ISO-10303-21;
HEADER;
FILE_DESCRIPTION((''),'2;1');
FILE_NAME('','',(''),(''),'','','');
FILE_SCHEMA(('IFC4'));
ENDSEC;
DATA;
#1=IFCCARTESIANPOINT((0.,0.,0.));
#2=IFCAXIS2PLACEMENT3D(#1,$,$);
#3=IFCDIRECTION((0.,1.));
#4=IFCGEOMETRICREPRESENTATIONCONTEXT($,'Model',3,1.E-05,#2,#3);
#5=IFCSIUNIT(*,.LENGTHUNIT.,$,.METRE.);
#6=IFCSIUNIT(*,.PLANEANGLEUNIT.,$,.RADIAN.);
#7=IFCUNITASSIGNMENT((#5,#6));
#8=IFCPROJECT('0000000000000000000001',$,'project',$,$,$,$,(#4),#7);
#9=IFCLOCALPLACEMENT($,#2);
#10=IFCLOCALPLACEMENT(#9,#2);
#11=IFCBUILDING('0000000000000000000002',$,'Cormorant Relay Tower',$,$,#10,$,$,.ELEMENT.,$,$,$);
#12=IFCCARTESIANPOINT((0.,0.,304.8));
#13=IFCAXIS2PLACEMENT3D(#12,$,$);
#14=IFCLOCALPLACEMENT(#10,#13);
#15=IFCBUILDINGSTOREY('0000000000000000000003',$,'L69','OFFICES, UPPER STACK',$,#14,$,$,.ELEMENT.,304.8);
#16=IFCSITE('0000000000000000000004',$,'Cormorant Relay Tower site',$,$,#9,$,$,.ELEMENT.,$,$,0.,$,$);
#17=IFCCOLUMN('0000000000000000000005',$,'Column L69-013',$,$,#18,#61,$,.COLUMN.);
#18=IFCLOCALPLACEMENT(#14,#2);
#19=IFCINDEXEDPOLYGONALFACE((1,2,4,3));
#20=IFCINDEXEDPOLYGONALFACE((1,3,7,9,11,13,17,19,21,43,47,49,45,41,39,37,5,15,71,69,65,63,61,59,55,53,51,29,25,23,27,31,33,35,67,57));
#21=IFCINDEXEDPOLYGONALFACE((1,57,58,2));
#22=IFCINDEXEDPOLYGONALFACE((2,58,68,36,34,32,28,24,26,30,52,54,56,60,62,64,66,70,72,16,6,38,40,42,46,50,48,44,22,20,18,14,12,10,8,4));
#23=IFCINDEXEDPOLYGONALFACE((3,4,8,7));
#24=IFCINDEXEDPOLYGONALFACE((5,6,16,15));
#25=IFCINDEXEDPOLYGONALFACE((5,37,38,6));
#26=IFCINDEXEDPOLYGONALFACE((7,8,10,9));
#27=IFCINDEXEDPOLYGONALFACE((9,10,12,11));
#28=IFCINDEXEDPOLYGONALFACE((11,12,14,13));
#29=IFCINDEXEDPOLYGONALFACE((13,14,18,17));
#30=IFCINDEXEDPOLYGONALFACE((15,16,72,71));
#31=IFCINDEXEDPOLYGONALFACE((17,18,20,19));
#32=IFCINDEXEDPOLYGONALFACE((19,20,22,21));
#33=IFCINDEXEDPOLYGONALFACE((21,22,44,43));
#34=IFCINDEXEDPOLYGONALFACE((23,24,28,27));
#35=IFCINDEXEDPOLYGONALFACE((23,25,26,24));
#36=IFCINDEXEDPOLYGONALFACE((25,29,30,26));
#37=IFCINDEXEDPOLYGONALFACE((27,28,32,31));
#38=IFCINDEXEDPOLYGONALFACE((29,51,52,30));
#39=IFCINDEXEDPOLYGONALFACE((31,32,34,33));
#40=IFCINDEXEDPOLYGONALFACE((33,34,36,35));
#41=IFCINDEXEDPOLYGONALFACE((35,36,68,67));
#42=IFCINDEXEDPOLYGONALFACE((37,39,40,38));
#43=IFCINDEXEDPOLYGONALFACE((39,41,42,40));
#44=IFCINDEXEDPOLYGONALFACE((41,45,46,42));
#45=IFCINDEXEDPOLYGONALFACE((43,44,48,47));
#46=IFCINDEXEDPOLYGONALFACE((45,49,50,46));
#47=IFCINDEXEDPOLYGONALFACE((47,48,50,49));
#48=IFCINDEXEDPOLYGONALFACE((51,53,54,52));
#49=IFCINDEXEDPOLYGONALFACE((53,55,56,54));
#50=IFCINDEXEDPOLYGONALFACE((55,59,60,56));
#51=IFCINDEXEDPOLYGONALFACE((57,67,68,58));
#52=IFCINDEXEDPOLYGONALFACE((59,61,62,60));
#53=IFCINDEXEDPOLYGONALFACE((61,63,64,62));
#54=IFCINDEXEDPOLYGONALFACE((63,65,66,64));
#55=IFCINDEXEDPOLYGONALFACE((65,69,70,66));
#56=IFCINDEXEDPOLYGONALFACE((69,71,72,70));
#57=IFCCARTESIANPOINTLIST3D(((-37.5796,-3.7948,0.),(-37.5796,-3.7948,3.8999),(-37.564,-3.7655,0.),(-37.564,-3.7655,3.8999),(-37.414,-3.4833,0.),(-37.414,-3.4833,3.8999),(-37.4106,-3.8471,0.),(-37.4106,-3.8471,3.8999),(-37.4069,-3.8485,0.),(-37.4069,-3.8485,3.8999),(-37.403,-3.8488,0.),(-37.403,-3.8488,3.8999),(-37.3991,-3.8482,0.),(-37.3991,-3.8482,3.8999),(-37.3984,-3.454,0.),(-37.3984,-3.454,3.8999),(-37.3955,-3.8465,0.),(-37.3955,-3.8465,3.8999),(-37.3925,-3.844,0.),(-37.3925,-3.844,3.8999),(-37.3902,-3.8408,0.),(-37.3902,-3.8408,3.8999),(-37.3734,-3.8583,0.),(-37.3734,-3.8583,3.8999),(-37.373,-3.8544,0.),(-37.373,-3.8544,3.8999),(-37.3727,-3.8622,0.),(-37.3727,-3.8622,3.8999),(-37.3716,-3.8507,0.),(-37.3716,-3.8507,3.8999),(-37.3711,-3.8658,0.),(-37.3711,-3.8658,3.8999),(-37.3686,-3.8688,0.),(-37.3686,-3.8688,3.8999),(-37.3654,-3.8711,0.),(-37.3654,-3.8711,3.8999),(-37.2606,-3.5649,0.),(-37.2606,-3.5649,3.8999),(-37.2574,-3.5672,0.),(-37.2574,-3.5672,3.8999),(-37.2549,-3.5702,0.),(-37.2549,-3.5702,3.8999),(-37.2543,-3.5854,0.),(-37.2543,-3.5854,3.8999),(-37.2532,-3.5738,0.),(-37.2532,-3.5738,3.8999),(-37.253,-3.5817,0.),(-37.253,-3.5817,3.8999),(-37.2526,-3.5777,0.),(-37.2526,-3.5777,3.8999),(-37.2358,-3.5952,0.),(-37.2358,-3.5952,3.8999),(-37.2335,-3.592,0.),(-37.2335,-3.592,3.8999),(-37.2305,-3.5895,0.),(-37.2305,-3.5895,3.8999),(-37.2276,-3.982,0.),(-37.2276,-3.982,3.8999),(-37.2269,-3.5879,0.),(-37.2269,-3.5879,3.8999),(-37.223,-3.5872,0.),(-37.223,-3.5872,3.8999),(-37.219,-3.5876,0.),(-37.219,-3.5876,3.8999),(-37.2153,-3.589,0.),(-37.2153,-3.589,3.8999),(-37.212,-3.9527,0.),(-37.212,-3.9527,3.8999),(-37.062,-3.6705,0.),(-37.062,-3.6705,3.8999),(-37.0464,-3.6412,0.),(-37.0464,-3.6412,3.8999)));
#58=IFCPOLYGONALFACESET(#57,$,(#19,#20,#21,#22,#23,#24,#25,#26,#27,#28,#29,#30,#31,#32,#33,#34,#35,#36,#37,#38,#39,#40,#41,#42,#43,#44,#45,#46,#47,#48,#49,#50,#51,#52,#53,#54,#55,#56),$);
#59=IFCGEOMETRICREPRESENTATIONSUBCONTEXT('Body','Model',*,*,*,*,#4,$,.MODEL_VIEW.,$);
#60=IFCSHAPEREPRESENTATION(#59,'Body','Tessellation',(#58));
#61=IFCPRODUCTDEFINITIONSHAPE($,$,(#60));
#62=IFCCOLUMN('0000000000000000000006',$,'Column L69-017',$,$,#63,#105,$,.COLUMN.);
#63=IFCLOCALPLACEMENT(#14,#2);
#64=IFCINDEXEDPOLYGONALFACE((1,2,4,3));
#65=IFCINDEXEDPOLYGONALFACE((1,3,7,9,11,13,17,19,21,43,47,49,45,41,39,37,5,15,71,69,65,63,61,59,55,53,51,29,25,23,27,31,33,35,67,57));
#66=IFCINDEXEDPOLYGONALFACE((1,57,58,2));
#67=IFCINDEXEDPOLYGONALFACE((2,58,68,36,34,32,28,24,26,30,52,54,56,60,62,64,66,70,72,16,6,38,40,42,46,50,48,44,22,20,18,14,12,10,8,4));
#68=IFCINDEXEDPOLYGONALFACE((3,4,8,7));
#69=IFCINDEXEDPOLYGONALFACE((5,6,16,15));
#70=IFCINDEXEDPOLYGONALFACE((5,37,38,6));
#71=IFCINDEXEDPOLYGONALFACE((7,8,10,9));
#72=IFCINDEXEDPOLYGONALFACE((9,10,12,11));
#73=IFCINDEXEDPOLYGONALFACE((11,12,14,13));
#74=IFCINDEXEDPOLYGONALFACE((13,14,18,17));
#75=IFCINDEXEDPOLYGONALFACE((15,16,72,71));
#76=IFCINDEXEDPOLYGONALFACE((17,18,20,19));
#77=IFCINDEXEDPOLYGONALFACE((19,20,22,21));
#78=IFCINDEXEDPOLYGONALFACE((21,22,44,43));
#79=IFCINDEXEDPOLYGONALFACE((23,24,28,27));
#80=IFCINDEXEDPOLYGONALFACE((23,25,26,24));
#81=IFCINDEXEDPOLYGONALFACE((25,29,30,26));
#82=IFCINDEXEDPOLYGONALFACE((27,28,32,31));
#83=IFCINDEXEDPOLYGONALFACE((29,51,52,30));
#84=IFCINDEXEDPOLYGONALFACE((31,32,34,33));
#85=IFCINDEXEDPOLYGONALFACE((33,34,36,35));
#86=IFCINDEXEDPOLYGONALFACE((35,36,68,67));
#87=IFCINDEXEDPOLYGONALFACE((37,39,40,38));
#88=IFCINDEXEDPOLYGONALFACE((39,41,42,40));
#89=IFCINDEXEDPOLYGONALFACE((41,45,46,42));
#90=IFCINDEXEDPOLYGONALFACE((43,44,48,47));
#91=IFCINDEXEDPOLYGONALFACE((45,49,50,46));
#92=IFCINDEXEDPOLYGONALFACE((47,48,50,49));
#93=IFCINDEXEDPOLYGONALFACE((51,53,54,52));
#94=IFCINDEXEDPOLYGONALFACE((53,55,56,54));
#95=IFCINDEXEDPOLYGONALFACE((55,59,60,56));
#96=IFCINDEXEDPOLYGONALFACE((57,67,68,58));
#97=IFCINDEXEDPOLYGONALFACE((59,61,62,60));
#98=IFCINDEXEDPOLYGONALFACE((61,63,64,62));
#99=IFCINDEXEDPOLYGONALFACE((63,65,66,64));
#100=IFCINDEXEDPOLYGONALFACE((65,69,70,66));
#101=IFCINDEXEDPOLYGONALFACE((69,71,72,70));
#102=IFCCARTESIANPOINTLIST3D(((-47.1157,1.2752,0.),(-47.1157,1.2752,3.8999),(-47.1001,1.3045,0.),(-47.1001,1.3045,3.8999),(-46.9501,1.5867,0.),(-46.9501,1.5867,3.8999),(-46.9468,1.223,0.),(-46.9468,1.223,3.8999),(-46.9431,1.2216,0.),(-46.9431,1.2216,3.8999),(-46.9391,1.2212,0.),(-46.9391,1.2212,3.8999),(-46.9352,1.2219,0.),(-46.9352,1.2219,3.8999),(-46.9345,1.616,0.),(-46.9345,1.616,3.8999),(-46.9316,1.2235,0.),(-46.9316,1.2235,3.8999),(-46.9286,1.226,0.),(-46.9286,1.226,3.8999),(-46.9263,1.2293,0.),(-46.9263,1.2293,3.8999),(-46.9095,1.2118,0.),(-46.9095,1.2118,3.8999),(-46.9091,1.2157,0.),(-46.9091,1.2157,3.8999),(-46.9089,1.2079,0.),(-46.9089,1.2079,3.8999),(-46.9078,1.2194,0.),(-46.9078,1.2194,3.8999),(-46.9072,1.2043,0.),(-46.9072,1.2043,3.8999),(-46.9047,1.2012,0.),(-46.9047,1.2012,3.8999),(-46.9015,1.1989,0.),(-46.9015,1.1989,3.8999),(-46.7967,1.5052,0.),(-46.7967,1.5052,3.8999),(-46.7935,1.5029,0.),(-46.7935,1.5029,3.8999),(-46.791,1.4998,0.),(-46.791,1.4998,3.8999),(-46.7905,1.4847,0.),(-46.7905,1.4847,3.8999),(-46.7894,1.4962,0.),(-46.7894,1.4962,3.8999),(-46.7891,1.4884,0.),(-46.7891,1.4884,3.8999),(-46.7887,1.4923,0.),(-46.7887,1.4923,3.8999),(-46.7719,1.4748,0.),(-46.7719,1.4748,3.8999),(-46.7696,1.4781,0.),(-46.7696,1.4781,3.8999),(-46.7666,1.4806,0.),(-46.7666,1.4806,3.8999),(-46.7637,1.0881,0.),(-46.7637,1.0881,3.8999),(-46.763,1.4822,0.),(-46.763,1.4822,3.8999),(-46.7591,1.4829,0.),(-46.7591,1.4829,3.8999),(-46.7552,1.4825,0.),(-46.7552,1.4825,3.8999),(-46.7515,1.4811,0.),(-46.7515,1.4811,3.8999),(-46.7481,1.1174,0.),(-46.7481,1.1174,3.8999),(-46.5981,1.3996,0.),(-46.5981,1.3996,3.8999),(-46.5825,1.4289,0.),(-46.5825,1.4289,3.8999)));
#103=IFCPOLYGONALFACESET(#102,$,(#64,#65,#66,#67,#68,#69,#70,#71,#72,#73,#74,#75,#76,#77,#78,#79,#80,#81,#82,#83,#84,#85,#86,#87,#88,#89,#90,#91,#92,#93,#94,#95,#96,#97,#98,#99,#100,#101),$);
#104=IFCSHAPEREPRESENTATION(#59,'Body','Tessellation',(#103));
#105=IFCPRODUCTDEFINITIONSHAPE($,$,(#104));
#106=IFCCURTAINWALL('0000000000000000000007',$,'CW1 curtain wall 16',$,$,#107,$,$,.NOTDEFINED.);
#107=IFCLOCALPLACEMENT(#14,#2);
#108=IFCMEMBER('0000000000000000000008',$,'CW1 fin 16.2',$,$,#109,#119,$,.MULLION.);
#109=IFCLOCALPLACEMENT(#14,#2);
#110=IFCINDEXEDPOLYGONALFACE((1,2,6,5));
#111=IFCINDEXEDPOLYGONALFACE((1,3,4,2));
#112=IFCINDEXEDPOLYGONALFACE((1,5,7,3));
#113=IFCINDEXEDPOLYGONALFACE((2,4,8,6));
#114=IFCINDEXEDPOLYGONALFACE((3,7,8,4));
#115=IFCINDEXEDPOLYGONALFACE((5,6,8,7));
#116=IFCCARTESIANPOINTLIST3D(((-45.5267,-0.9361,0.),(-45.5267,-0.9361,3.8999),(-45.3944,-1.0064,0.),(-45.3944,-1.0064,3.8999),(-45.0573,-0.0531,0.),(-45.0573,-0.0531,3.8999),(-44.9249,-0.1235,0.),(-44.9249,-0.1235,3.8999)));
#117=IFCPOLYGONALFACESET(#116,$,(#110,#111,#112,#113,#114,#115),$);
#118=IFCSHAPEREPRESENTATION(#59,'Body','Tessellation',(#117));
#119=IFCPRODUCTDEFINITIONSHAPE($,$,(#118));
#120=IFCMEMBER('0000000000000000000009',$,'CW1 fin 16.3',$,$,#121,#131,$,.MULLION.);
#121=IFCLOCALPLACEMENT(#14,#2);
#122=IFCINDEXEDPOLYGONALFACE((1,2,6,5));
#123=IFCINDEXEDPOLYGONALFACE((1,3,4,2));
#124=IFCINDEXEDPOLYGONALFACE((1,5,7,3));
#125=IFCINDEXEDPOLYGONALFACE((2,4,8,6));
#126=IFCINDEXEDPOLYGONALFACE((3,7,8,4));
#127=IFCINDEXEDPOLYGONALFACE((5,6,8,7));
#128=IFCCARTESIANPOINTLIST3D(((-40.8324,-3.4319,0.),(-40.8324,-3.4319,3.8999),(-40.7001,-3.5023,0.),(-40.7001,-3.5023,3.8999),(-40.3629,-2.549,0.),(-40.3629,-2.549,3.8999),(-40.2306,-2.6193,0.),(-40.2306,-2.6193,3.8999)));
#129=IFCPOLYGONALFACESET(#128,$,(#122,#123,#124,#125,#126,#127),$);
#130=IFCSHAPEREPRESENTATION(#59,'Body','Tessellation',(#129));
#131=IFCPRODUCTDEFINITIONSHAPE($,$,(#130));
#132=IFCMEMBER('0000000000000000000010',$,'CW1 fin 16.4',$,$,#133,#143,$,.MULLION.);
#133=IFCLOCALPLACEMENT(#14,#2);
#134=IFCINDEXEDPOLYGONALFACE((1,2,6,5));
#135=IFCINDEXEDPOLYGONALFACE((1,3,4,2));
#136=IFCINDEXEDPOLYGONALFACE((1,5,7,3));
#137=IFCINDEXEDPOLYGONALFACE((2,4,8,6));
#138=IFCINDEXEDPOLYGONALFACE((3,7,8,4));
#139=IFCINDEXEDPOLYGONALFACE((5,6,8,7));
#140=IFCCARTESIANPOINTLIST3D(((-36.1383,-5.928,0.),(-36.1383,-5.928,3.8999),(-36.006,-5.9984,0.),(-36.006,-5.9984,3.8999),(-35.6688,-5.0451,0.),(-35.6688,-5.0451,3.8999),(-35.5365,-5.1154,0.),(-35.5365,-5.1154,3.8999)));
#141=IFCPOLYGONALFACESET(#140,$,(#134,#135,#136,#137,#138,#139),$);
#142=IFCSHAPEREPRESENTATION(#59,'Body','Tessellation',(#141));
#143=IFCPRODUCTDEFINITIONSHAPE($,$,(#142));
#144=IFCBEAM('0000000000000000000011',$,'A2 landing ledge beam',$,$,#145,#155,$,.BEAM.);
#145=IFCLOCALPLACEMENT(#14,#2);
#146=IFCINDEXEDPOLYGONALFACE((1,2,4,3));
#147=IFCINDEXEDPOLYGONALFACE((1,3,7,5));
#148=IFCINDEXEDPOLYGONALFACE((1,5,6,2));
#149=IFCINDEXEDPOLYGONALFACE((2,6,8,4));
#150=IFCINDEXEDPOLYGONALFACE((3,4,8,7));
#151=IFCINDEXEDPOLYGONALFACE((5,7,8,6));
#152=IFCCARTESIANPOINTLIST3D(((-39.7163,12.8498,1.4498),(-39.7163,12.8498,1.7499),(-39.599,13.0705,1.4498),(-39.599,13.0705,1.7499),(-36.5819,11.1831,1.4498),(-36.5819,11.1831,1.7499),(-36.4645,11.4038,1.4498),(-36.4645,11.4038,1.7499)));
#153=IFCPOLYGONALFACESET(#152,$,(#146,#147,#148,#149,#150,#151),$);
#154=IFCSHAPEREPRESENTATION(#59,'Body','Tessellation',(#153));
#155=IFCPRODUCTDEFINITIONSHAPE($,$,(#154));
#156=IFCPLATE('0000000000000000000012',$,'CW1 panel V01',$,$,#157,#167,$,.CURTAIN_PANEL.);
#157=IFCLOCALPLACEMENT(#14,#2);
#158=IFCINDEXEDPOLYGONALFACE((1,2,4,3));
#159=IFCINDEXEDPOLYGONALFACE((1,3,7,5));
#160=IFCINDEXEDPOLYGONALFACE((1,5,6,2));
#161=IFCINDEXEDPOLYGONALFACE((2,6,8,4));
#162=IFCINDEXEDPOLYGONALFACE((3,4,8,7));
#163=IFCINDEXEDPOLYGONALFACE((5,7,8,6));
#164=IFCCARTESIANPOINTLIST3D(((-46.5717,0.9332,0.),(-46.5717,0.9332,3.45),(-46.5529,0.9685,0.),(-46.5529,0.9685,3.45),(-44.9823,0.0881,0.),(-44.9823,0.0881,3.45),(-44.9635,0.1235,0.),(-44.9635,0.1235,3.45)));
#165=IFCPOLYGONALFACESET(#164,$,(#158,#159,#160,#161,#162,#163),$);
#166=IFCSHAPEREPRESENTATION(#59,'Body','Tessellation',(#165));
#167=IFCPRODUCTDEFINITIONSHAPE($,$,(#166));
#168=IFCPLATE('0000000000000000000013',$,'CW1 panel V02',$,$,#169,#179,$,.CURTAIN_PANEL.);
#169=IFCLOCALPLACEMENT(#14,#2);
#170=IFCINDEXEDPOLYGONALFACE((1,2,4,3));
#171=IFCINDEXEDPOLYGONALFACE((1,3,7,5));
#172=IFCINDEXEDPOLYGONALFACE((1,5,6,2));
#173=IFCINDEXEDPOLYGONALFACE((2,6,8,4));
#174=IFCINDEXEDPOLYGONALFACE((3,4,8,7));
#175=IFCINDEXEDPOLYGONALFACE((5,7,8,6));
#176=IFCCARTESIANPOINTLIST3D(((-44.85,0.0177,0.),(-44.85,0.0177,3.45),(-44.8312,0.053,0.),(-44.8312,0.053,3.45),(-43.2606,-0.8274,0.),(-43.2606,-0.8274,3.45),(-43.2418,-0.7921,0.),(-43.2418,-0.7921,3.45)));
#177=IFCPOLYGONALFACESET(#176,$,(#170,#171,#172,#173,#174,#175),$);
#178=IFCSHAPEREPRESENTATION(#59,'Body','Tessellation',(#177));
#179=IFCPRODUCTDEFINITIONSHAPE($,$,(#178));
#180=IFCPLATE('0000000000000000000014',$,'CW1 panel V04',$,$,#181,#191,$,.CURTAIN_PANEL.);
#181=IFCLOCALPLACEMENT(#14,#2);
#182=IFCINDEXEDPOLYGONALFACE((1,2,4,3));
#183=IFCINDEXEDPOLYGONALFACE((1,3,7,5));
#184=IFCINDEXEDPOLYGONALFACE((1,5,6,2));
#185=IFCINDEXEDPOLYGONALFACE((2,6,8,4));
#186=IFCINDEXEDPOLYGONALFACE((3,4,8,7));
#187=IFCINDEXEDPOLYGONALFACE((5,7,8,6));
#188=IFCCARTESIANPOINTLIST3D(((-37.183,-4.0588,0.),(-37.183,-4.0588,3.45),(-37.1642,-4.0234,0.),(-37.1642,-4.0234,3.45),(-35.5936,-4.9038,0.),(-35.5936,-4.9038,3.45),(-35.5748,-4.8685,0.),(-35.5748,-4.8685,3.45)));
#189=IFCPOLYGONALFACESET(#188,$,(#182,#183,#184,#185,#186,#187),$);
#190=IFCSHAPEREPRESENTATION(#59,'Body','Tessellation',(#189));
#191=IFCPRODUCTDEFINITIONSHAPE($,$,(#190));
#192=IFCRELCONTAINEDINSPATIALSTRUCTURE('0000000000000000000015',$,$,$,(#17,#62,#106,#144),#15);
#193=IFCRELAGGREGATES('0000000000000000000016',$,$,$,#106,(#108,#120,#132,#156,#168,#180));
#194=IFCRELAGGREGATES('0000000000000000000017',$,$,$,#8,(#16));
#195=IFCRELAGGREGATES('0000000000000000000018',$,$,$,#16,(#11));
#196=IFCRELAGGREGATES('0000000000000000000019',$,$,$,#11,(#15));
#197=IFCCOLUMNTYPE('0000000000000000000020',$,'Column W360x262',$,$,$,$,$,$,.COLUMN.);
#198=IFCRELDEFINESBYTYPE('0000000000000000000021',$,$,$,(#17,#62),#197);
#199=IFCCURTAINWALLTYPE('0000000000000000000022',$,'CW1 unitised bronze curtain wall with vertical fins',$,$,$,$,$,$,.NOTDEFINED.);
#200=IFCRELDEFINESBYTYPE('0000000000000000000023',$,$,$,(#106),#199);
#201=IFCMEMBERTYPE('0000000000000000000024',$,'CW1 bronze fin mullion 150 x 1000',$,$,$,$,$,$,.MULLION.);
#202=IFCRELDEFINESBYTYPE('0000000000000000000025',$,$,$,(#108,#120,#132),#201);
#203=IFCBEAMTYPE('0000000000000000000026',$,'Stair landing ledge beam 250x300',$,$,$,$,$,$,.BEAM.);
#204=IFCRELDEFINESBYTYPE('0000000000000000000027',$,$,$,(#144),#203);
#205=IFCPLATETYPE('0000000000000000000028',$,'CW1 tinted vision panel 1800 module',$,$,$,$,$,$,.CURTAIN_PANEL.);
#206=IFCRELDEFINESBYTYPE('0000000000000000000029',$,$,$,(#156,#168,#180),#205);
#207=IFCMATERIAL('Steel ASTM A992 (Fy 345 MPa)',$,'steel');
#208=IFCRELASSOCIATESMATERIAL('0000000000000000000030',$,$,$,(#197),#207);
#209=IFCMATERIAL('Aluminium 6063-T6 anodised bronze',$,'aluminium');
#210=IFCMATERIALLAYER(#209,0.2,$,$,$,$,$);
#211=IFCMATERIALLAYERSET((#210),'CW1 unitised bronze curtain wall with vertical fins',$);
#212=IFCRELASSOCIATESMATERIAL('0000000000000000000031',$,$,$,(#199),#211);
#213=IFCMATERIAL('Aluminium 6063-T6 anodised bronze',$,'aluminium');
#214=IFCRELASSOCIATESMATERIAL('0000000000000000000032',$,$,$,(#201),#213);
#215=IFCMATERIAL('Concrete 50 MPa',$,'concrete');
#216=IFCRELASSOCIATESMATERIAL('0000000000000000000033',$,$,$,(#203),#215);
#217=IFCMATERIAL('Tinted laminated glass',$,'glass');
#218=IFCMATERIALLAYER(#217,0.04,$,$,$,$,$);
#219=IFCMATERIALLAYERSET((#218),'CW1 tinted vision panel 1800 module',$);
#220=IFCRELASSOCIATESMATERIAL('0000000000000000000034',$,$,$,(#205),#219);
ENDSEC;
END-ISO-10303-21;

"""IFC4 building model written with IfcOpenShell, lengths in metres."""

from ifc_helpers import new_model, si_unit, direction, frame, origin, origin_2d, place, context, subcontext, project, spatial, rectangle, i_section, extrude, material, layer, layer_set, material_profile, profile_set, type_object, element, aggregate, save


model = new_model("IFC4")

# Units and contexts
model_context = context("Model", 3, precision=1e-05, world=origin(), true_north=direction((0.0, 1.0)))
body_context = subcontext(model_context, "Body", "Model", "MODEL_VIEW")
ifc_project = project(units=[si_unit("LENGTHUNIT", "METRE"), si_unit("PLANEANGLEUNIT", "RADIAN")], contexts=[model_context])

# Site, building, storey
site_placement = place(None, origin())
site = spatial("IfcSite", under=ifc_project, at=site_placement, Name="Cormorant Relay Tower site", CompositionType="ELEMENT", RefElevation=0.0)
building_placement = place(site_placement, origin())
building = spatial("IfcBuilding", under=site, at=building_placement, Name="Cormorant Relay Tower", CompositionType="ELEMENT")
storey_placement = place(building_placement, frame((0.0, 0.0, 304.8)))
storey = spatial("IfcBuildingStorey", under=building, at=storey_placement, Name="L69", Description="OFFICES, UPPER STACK", CompositionType="ELEMENT", Elevation=304.8)

# Columns
ifc_material_1 = material(Name="Steel ASTM A992 (Fy 345 MPa)", Category="steel")
ifc_material_profile_1 = material_profile(ifc_material_1, i_section(OverallWidth=0.3987, OverallDepth=0.386, WebThickness=0.021, FlangeThickness=0.0332, FilletRadius=0.0151, at=origin_2d()), Name="W360x262")
ifc_profile_set_1 = profile_set([ifc_material_profile_1], Name="Steel ASTM A992 (Fy 345 MPa)")
column_type = type_object("IfcColumnType", Name="Column W360x262", PredefinedType="COLUMN", material=ifc_profile_set_1)
for number, where, z_axis, x_axis, name in (
    (1, (-37.313, -3.718, 0.0), (0.0, 0.0, 1.0), (0.882948, -0.469472, 0.0), "Column L69-013"),
    (2, (-46.8491, 1.3521, 0.0), (0.0, 0.0, 1.0), (0.882948, -0.469472, 0.0), "Column L69-017"),
):
    element("IfcColumn", number, at=place(storey_placement, frame(where, z_axis=z_axis, x_axis=x_axis)), inside=storey, type_object=column_type, Name=name, PredefinedType="COLUMN", context=body_context, shape_type="SweptSolid", body=[
        extrude(i_section(OverallWidth=0.3987, OverallDepth=0.386, WebThickness=0.021, FlangeThickness=0.0332, FilletRadius=0.0151, at=origin_2d()), origin(), (0.0, 0.0, 1.0), 3.8999),
    ])

# Curtain wall, members
ifc_material_2 = material(Name="Aluminium 6063-T6 anodised bronze", Category="aluminium")
ifc_layer_1 = layer(ifc_material_2, 0.2)
ifc_layer_set_1 = layer_set([ifc_layer_1], Name="CW1 unitised bronze curtain wall with vertical fins")
curtain_wall_type = type_object("IfcCurtainWallType", Name="CW1 unitised bronze curtain wall with vertical fins", PredefinedType="NOTDEFINED", material=ifc_layer_set_1)
curtain_wall_placement = place(storey_placement, origin())
curtain_wall = element("IfcCurtainWall", 3, at=curtain_wall_placement, inside=storey, type_object=curtain_wall_type, Name="CW1 curtain wall 16", PredefinedType="NOTDEFINED")
ifc_material_3 = material(Name="Aluminium 6063-T6 anodised bronze", Category="aluminium")
ifc_material_profile_2 = material_profile(ifc_material_3, rectangle(XDim=0.1499, YDim=1.0, at=origin_2d()), Name="AL 150x1000")
ifc_profile_set_2 = profile_set([ifc_material_profile_2], Name="Aluminium 6063-T6 anodised bronze")
member_type = type_object("IfcMemberType", Name="CW1 bronze fin mullion 150 x 1000", PredefinedType="MULLION", material=ifc_profile_set_2)
member_1_placement = place(storey_placement, frame((-45.2258, -0.5298, 0.0), z_axis=(0.0, 0.0, 1.0), x_axis=(0.882948, -0.469472, 0.0)))
member_1 = element("IfcMember", 4, at=member_1_placement, type_object=member_type, Name="CW1 fin 16.2", PredefinedType="MULLION", context=body_context, shape_type="SweptSolid", body=[
    extrude(rectangle(XDim=0.1499, YDim=1.0, at=origin_2d()), origin(), (0.0, 0.0, 1.0), 3.8999),
])
member_2_placement = place(storey_placement, frame((-40.5315, -3.0256, 0.0), z_axis=(0.0, 0.0, 1.0), x_axis=(0.882948, -0.469472, 0.0)))
member_2 = element("IfcMember", 5, at=member_2_placement, type_object=member_type, Name="CW1 fin 16.3", PredefinedType="MULLION", context=body_context, shape_type="SweptSolid", body=[
    extrude(rectangle(XDim=0.1499, YDim=1.0, at=origin_2d()), origin(), (0.0, 0.0, 1.0), 3.8999),
])
member_3_placement = place(storey_placement, frame((-35.8374, -5.5217, 0.0), z_axis=(0.0, 0.0, 1.0), x_axis=(0.882948, -0.469472, 0.0)))
member_3 = element("IfcMember", 6, at=member_3_placement, type_object=member_type, Name="CW1 fin 16.4", PredefinedType="MULLION", context=body_context, shape_type="SweptSolid", body=[
    extrude(rectangle(XDim=0.1499, YDim=1.0, at=origin_2d()), origin(), (0.0, 0.0, 1.0), 3.8999),
])

# Beam
ifc_material_4 = material(Name="Concrete 50 MPa", Category="concrete")
ifc_material_profile_3 = material_profile(ifc_material_4, rectangle(XDim=0.25, YDim=0.3, at=origin_2d()), Name="RC 250x300")
ifc_profile_set_3 = profile_set([ifc_material_profile_3], Name="Concrete 50 MPa")
beam_type = type_object("IfcBeamType", Name="Stair landing ledge beam 250x300", PredefinedType="BEAM", material=ifc_profile_set_3)
beam_placement = place(storey_placement, frame((-36.5232, 11.2935, 1.5999), z_axis=(-0.882937, 0.469492, 0.0), x_axis=(-0.469492, -0.882937, 0.0)))
element("IfcBeam", 7, at=beam_placement, inside=storey, type_object=beam_type, Name="A2 landing ledge beam", PredefinedType="BEAM", context=body_context, shape_type="SweptSolid", body=[
    extrude(rectangle(XDim=0.25, YDim=0.3, at=origin_2d()), origin(), (0.0, 0.0, 1.0), 3.55),
])

# Plates
ifc_material_5 = material(Name="Tinted laminated glass", Category="glass")
ifc_layer_2 = layer(ifc_material_5, 0.04)
ifc_layer_set_2 = layer_set([ifc_layer_2], Name="CW1 tinted vision panel 1800 module")
plate_type_1 = type_object("IfcPlateType", Name="CW1 tinted vision panel 1800 module", PredefinedType="CURTAIN_PANEL", material=ifc_layer_set_2)
plate_1_placement = place(storey_placement, frame((-45.7676, 0.5283, 0.0), z_axis=(0.0, 0.0, 1.0), x_axis=(0.882948, -0.469472, 0.0)))
plate_1 = element("IfcPlate", 8, at=plate_1_placement, type_object=plate_type_1, Name="CW1 panel V01", PredefinedType="CURTAIN_PANEL", context=body_context, shape_type="SweptSolid", body=[
    extrude(rectangle(XDim=1.8, YDim=0.04, at=origin_2d()), origin(), (0.0, 0.0, 1.0), 3.45),
])
plate_2_placement = place(storey_placement, frame((-44.0459, -0.3872, 0.0), z_axis=(0.0, 0.0, 1.0), x_axis=(0.882948, -0.469472, 0.0)))
plate_2 = element("IfcPlate", 9, at=plate_2_placement, type_object=plate_type_1, Name="CW1 panel V02", PredefinedType="CURTAIN_PANEL", context=body_context, shape_type="SweptSolid", body=[
    extrude(rectangle(XDim=1.8, YDim=0.04, at=origin_2d()), origin(), (0.0, 0.0, 1.0), 3.45),
])
plate_3_placement = place(storey_placement, frame((-36.3789, -4.4636, 0.0), z_axis=(0.0, 0.0, 1.0), x_axis=(0.882948, -0.469472, 0.0)))
plate_3 = element("IfcPlate", 10, at=plate_3_placement, type_object=plate_type_1, Name="CW1 panel V04", PredefinedType="CURTAIN_PANEL", context=body_context, shape_type="SweptSolid", body=[
    extrude(rectangle(XDim=1.8, YDim=0.04, at=origin_2d()), origin(), (0.0, 0.0, 1.0), 3.45),
])

aggregate(curtain_wall, [member_1, member_2, member_3, plate_1, plate_2, plate_3])

save(model, "model.ifc")
